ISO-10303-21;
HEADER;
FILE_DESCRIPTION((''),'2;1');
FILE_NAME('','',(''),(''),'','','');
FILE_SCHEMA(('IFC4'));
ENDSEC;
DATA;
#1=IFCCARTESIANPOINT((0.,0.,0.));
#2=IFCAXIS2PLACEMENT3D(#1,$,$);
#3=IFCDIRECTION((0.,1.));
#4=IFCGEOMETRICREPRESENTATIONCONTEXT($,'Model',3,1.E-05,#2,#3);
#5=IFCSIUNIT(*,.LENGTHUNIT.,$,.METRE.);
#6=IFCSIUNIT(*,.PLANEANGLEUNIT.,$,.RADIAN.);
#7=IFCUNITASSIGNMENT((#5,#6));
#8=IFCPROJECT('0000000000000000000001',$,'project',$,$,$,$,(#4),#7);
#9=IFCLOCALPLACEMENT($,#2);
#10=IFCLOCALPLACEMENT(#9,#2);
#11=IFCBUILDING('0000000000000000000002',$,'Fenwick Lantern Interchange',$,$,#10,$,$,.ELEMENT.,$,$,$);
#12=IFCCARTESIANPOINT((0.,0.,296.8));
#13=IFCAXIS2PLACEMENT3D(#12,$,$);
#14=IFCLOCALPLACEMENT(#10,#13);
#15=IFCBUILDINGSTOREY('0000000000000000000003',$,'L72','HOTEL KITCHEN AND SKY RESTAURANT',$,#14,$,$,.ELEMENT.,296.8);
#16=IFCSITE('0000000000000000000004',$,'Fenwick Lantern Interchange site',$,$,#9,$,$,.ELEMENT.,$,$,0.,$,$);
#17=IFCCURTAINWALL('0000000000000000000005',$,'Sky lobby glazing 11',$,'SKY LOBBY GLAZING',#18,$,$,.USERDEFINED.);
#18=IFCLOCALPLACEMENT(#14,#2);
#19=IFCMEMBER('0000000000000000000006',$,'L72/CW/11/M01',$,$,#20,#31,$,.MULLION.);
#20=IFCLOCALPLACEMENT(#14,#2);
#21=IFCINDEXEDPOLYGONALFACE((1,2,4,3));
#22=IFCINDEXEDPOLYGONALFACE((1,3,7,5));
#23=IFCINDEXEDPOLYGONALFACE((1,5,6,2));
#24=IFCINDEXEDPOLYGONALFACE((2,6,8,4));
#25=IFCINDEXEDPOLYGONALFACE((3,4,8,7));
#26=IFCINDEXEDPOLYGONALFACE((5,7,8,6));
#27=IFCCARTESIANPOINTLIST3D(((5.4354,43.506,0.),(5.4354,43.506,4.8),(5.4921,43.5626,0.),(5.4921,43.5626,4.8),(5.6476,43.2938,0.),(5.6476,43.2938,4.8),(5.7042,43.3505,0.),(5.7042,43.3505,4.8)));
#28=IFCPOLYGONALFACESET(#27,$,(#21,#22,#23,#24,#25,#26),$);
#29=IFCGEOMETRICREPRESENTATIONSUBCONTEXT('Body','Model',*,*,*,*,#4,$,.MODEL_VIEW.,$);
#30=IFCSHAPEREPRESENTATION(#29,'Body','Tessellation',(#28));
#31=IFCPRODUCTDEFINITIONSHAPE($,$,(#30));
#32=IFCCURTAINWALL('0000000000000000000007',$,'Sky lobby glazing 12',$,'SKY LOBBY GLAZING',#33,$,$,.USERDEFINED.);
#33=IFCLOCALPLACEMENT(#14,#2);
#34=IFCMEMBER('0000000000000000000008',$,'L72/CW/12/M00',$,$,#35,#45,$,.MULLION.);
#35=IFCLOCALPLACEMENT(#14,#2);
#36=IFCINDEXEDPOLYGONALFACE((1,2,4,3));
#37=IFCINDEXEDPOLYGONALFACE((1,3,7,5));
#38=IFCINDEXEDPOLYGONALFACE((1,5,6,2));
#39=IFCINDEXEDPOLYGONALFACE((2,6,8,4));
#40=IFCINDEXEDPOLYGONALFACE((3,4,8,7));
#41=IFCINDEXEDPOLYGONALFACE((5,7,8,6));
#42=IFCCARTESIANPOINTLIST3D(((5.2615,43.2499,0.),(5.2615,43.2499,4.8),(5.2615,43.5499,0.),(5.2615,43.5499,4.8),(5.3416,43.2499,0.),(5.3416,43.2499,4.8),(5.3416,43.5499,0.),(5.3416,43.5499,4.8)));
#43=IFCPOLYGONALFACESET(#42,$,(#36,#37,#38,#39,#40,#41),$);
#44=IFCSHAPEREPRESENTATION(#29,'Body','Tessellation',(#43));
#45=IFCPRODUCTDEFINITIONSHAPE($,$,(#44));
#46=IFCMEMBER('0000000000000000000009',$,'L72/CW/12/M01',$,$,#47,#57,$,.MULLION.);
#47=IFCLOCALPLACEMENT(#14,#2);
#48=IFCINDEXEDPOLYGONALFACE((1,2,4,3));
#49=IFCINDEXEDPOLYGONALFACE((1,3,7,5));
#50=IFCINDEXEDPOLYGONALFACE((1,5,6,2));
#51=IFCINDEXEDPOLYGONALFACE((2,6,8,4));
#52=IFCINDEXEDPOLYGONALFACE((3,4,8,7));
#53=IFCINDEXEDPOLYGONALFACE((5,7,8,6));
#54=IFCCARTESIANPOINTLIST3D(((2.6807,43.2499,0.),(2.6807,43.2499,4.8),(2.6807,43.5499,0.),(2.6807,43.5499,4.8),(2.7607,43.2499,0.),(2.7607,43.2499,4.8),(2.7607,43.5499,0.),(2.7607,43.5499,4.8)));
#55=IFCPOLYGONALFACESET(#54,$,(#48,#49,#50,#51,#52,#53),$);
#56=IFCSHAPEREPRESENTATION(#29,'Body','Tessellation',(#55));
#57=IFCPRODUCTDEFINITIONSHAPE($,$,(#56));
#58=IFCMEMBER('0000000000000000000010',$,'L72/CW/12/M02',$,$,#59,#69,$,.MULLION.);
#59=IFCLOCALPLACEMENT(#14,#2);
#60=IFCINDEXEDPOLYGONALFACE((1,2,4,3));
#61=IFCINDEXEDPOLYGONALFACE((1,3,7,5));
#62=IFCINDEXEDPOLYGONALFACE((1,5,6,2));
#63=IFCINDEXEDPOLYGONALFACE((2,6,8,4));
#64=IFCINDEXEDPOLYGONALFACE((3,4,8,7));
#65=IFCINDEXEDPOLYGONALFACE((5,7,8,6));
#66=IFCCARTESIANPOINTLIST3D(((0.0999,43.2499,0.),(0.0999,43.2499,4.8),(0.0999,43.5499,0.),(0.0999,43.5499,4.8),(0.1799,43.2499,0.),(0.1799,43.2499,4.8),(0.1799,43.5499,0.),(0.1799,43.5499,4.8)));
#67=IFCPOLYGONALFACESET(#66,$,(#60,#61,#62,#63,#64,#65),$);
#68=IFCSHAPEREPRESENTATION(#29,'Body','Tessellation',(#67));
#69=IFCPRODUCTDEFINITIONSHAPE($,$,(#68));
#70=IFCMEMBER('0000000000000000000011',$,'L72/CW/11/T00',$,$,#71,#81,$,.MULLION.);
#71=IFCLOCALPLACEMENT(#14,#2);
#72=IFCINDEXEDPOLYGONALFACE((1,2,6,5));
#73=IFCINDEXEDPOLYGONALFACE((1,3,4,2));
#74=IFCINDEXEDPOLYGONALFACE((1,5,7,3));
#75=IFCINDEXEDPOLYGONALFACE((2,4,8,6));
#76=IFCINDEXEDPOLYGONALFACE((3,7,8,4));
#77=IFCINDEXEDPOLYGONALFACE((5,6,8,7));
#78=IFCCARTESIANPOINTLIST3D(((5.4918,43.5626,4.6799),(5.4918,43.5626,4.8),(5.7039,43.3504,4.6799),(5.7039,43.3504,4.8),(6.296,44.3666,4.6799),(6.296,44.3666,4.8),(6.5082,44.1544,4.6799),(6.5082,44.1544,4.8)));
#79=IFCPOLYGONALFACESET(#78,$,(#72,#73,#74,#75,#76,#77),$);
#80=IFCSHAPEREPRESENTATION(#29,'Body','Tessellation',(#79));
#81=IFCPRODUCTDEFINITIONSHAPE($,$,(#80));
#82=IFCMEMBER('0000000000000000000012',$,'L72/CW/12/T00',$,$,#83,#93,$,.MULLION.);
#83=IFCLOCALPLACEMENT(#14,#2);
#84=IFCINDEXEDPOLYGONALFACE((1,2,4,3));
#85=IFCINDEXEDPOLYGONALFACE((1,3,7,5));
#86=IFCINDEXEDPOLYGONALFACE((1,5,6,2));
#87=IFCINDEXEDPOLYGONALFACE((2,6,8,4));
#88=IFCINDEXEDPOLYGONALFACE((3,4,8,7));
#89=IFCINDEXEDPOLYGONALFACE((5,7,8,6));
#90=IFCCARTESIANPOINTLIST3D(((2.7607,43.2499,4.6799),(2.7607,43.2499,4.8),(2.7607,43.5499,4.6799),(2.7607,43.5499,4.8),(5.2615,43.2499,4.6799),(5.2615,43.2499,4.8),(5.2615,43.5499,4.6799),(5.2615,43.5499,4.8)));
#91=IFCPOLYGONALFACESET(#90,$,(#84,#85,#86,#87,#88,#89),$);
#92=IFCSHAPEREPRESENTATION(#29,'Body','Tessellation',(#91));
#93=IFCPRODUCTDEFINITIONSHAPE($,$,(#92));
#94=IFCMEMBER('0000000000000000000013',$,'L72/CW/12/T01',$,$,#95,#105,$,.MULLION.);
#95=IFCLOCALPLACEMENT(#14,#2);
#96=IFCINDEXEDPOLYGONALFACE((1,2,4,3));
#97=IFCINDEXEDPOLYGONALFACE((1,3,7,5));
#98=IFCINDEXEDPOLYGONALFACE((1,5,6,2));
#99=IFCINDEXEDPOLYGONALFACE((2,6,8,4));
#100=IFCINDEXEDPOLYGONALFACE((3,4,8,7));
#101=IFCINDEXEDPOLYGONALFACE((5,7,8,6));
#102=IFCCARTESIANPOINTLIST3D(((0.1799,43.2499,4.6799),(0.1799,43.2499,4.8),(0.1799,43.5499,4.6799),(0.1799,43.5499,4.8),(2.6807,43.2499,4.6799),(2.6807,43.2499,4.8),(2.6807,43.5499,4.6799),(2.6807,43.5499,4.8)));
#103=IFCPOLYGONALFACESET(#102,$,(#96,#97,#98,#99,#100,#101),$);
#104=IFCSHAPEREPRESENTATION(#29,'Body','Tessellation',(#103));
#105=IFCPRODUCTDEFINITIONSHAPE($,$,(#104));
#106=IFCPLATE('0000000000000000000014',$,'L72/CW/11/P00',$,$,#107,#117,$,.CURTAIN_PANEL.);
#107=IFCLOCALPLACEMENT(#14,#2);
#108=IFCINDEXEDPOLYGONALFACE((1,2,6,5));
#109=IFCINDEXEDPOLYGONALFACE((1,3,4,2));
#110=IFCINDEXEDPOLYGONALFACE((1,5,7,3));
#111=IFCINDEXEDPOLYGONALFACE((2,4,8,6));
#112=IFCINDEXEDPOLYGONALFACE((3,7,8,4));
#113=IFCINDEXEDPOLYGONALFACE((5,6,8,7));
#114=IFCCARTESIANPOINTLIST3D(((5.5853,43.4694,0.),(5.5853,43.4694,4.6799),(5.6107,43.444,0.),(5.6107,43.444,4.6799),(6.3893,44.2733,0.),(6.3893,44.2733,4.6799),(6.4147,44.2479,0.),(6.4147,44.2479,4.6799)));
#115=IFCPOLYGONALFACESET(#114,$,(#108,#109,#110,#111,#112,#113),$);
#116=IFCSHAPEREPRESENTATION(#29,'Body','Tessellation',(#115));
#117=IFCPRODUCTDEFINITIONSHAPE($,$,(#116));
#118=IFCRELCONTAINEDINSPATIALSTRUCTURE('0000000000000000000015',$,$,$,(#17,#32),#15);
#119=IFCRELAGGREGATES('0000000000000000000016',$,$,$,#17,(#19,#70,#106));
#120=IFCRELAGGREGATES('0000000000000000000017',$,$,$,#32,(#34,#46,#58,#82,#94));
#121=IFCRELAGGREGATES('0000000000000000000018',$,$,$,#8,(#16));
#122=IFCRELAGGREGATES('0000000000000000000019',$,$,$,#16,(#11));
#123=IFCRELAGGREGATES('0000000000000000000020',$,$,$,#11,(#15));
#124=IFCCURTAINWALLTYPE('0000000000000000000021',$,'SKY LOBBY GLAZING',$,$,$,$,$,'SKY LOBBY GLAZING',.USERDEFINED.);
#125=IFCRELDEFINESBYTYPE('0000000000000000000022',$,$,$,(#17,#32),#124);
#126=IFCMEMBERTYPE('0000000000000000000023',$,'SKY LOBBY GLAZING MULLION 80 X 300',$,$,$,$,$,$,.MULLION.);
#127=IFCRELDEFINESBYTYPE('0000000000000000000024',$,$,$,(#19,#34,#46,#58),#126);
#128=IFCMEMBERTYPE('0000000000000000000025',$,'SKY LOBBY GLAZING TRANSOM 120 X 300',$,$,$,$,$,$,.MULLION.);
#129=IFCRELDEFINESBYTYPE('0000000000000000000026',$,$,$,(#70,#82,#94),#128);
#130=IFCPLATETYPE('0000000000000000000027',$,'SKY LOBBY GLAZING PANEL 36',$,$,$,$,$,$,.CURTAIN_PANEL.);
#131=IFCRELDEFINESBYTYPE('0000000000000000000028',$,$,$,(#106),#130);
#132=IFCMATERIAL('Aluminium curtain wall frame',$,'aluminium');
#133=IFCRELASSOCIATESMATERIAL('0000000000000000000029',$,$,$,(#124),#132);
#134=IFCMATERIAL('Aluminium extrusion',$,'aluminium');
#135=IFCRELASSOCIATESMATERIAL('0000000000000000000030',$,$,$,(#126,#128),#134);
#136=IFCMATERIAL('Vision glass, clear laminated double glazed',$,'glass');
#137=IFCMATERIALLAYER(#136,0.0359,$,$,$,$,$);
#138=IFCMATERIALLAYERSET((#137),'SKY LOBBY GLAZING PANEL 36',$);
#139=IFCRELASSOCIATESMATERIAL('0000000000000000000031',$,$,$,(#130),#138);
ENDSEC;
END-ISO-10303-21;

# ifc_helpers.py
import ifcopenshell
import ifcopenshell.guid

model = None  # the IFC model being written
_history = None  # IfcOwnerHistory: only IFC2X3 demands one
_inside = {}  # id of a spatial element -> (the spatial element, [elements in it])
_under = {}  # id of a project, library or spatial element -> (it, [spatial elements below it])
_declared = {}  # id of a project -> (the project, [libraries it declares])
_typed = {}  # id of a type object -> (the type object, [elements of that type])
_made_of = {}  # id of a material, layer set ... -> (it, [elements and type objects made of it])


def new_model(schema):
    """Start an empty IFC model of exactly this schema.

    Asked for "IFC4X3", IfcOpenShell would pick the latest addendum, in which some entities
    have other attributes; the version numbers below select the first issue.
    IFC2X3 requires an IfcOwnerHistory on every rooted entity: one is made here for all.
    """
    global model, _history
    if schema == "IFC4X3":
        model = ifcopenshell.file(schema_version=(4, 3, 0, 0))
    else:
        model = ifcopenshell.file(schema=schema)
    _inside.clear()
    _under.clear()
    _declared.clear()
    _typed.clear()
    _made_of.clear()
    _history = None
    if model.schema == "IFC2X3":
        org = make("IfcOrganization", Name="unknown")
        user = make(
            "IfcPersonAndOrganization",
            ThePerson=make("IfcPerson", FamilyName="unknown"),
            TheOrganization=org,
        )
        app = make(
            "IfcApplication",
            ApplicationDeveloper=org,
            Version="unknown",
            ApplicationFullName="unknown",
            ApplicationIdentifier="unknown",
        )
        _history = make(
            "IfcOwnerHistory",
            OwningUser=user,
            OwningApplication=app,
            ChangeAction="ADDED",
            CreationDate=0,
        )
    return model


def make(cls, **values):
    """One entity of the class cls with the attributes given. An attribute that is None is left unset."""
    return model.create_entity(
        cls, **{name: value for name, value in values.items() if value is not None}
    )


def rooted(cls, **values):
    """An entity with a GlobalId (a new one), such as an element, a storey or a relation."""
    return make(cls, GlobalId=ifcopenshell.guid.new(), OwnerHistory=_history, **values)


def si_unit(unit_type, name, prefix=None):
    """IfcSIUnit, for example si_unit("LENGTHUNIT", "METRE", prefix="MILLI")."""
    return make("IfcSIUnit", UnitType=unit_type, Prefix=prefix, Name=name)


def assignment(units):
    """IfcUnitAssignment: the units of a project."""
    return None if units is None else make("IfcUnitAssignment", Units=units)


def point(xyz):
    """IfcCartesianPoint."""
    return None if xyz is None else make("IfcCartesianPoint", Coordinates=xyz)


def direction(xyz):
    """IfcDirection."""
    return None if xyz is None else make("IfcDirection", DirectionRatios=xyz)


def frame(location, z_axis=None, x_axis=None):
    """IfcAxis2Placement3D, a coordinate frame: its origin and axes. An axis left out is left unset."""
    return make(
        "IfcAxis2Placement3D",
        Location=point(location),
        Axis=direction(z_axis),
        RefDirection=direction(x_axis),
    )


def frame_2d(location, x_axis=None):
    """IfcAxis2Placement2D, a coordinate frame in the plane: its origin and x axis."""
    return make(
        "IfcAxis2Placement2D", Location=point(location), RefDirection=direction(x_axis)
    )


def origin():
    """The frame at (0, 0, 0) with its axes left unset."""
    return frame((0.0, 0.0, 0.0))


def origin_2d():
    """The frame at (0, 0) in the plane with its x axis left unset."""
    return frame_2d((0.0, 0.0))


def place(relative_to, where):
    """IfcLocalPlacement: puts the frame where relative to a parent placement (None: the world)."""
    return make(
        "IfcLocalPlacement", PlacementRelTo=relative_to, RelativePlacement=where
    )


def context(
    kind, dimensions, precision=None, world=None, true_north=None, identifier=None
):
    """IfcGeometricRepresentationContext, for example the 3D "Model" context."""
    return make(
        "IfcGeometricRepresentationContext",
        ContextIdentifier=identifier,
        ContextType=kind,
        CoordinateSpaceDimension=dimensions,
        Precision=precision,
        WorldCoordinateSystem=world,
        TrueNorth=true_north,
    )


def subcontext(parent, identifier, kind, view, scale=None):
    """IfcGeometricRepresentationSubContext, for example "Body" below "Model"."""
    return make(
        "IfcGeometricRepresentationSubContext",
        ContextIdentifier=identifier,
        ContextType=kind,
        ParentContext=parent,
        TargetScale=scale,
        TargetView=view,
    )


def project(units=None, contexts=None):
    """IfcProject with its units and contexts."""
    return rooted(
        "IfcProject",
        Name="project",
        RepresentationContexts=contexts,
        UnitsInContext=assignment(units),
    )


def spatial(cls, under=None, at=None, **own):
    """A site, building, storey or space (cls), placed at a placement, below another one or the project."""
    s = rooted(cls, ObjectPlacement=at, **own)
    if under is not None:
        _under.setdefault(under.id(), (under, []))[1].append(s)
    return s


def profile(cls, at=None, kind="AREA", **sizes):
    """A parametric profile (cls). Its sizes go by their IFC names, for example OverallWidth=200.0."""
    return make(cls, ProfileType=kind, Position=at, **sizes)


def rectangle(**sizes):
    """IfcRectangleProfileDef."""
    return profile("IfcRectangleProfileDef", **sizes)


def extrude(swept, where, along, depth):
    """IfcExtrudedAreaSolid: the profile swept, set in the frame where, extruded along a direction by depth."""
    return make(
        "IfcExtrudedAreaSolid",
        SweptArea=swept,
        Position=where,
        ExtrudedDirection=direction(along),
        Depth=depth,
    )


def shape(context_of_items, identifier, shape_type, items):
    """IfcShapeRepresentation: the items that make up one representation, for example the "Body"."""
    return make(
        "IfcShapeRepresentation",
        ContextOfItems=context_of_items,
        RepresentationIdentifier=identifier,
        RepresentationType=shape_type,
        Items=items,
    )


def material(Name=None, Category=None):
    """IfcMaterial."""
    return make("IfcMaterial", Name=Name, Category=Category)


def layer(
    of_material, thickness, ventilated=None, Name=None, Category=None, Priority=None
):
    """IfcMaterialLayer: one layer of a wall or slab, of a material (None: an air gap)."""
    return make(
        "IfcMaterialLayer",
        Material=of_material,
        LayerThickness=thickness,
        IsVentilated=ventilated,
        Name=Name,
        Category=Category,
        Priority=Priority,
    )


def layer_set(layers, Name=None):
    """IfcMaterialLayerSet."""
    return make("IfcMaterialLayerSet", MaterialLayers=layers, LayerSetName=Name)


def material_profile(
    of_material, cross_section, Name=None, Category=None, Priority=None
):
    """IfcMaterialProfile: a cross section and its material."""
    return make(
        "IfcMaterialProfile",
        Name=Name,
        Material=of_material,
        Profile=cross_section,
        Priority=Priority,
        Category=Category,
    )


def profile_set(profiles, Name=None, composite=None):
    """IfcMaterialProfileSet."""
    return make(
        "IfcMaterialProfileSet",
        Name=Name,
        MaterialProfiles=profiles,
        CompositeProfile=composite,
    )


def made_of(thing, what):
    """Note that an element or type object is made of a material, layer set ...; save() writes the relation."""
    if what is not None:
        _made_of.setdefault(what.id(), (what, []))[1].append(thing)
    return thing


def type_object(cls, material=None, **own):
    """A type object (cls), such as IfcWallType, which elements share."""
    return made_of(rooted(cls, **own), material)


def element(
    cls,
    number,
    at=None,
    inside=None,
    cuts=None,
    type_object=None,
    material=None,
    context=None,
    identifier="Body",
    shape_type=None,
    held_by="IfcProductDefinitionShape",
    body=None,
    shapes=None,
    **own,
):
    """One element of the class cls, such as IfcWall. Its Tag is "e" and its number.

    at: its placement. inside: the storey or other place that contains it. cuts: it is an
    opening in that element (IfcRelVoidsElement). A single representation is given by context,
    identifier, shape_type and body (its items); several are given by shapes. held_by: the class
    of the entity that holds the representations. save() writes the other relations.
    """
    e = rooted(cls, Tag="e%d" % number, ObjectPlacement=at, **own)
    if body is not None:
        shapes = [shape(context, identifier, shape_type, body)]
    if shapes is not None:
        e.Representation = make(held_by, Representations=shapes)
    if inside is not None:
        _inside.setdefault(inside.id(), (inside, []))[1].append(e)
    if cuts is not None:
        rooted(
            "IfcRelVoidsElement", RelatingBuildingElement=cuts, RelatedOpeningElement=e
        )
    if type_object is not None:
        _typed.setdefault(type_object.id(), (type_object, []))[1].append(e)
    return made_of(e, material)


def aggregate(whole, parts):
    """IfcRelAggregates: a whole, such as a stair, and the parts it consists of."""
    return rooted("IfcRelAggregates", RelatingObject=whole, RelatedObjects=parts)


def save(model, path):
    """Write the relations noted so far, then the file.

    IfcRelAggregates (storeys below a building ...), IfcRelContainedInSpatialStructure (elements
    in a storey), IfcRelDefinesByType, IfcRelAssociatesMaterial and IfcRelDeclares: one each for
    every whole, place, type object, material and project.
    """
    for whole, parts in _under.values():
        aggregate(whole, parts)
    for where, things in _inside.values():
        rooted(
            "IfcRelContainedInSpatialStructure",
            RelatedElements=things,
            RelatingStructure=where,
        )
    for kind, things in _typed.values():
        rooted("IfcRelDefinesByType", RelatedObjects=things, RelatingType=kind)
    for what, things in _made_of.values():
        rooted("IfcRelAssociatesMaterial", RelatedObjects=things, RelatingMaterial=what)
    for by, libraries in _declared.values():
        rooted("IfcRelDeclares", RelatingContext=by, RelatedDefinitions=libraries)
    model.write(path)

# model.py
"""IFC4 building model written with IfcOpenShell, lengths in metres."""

from ifc_helpers import new_model, si_unit, direction, frame, origin, origin_2d, place, context, subcontext, project, spatial, rectangle, extrude, material, layer, layer_set, material_profile, profile_set, type_object, element, aggregate, save


model = new_model("IFC4")

# Units and contexts
model_context = context("Model", 3, precision=1e-05, world=origin(), true_north=direction((0.0, 1.0)))
body_context = subcontext(model_context, "Body", "Model", "MODEL_VIEW")
ifc_project = project(units=[si_unit("LENGTHUNIT", "METRE"), si_unit("PLANEANGLEUNIT", "RADIAN")], contexts=[model_context])

# Site, building, storey
site_placement = place(None, origin())
site = spatial("IfcSite", under=ifc_project, at=site_placement, Name="Fenwick Lantern Interchange site", CompositionType="ELEMENT", RefElevation=0.0)
building_placement = place(site_placement, origin())
building = spatial("IfcBuilding", under=site, at=building_placement, Name="Fenwick Lantern Interchange", CompositionType="ELEMENT")
storey_placement = place(building_placement, frame((0.0, 0.0, 296.8)))
storey = spatial("IfcBuildingStorey", under=building, at=storey_placement, Name="L72", Description="HOTEL KITCHEN AND SKY RESTAURANT", CompositionType="ELEMENT", Elevation=296.8)

# Curtain wall, member
ifc_material_1 = material(Name="Aluminium curtain wall frame", Category="aluminium")
curtain_wall_type = type_object("IfcCurtainWallType", Name="SKY LOBBY GLAZING", ElementType="SKY LOBBY GLAZING", PredefinedType="USERDEFINED", material=ifc_material_1)
curtain_wall_1_placement = place(storey_placement, origin())
curtain_wall_1 = element("IfcCurtainWall", 1, at=curtain_wall_1_placement, inside=storey, type_object=curtain_wall_type, Name="Sky lobby glazing 11", ObjectType="SKY LOBBY GLAZING", PredefinedType="USERDEFINED")
ifc_material_2 = material(Name="Aluminium extrusion", Category="aluminium")
ifc_material_profile_1 = material_profile(ifc_material_2, rectangle(XDim=0.3, YDim=0.0801, at=origin_2d()), Name="SKY LOBBY GLAZING MULLION 80 X 300")
ifc_profile_set_1 = profile_set([ifc_material_profile_1], Name="Aluminium extrusion")
member_type_1 = type_object("IfcMemberType", Name="SKY LOBBY GLAZING MULLION 80 X 300", PredefinedType="MULLION", material=ifc_profile_set_1)
member_1_placement = place(storey_placement, frame((5.5698, 43.4282, 0.0), z_axis=(0.0, 0.0, 1.0), x_axis=(0.707107, -0.707107, 0.0)))
member_1 = element("IfcMember", 2, at=member_1_placement, type_object=member_type_1, Name="L72/CW/11/M01", PredefinedType="MULLION", context=body_context, shape_type="SweptSolid", body=[
    extrude(rectangle(XDim=0.3, YDim=0.0801, at=origin_2d()), origin(), (0.0, 0.0, 1.0), 4.8),
])

# Curtain wall, members
curtain_wall_2_placement = place(storey_placement, origin())
curtain_wall_2 = element("IfcCurtainWall", 3, at=curtain_wall_2_placement, inside=storey, type_object=curtain_wall_type, Name="Sky lobby glazing 12", ObjectType="SKY LOBBY GLAZING", PredefinedType="USERDEFINED")
member_2_placement = place(storey_placement, frame((5.3015, 43.3999, 0.0), z_axis=(0.0, 0.0, 1.0), x_axis=(0.0, -1.0, 0.0)))
member_2 = element("IfcMember", 4, at=member_2_placement, type_object=member_type_1, Name="L72/CW/12/M00", PredefinedType="MULLION", context=body_context, shape_type="SweptSolid", body=[
    extrude(rectangle(XDim=0.3, YDim=0.0801, at=origin_2d()), origin(), (0.0, 0.0, 1.0), 4.8),
])
member_3_placement = place(storey_placement, frame((2.7207, 43.3999, 0.0), z_axis=(0.0, 0.0, 1.0), x_axis=(0.0, -1.0, 0.0)))
member_3 = element("IfcMember", 5, at=member_3_placement, type_object=member_type_1, Name="L72/CW/12/M01", PredefinedType="MULLION", context=body_context, shape_type="SweptSolid", body=[
    extrude(rectangle(XDim=0.3, YDim=0.0801, at=origin_2d()), origin(), (0.0, 0.0, 1.0), 4.8),
])
member_4_placement = place(storey_placement, frame((0.1399, 43.3999, 0.0), z_axis=(0.0, 0.0, 1.0), x_axis=(0.0, -1.0, 0.0)))
member_4 = element("IfcMember", 6, at=member_4_placement, type_object=member_type_1, Name="L72/CW/12/M02", PredefinedType="MULLION", context=body_context, shape_type="SweptSolid", body=[
    extrude(rectangle(XDim=0.3, YDim=0.0801, at=origin_2d()), origin(), (0.0, 0.0, 1.0), 4.8),
])

# Members
ifc_material_profile_2 = material_profile(ifc_material_2, rectangle(XDim=0.3, YDim=0.1201, at=origin_2d()), Name="SKY LOBBY GLAZING TRANSOM 120 X 300")
ifc_profile_set_2 = profile_set([ifc_material_profile_2], Name="Aluminium extrusion")
member_type_2 = type_object("IfcMemberType", Name="SKY LOBBY GLAZING TRANSOM 120 X 300", PredefinedType="MULLION", material=ifc_profile_set_2)
member_5_placement = place(storey_placement, frame((6.4021, 44.2605, 4.74), z_axis=(-0.707214, -0.706999, 0.0), x_axis=(0.706999, -0.707214, 0.0)))
member_5 = element("IfcMember", 7, at=member_5_placement, type_object=member_type_2, Name="L72/CW/11/T00", PredefinedType="MULLION", context=body_context, shape_type="SweptSolid", body=[
    extrude(rectangle(XDim=0.3, YDim=0.1201, at=origin_2d()), origin(), (0.0, 0.0, 1.0), 1.1372),
])
member_6_placement = place(storey_placement, frame((5.2615, 43.3999, 4.74), z_axis=(-1.0, 0.0, 0.0), x_axis=(0.0, -1.0, 0.0)))
member_6 = element("IfcMember", 8, at=member_6_placement, type_object=member_type_2, Name="L72/CW/12/T00", PredefinedType="MULLION", context=body_context, shape_type="SweptSolid", body=[
    extrude(rectangle(XDim=0.3, YDim=0.1201, at=origin_2d()), origin(), (0.0, 0.0, 1.0), 2.5007),
])
member_7_placement = place(storey_placement, frame((2.6807, 43.3999, 4.74), z_axis=(-1.0, 0.0, 0.0), x_axis=(0.0, -1.0, 0.0)))
member_7 = element("IfcMember", 9, at=member_7_placement, type_object=member_type_2, Name="L72/CW/12/T01", PredefinedType="MULLION", context=body_context, shape_type="SweptSolid", body=[
    extrude(rectangle(XDim=0.3, YDim=0.1201, at=origin_2d()), origin(), (0.0, 0.0, 1.0), 2.5007),
])

# Plate
ifc_material_3 = material(Name="Vision glass, clear laminated double glazed", Category="glass")
ifc_layer_1 = layer(ifc_material_3, 0.0359)
ifc_layer_set_1 = layer_set([ifc_layer_1], Name="SKY LOBBY GLAZING PANEL 36")
plate_type = type_object("IfcPlateType", Name="SKY LOBBY GLAZING PANEL 36", PredefinedType="CURTAIN_PANEL", material=ifc_layer_set_1)
plate_1_placement = place(storey_placement, frame((6.0, 43.8586, 0.0), z_axis=(0.0, 0.0, 1.0), x_axis=(-0.707107, -0.707107, 0.0)))
plate_1 = element("IfcPlate", 10, at=plate_1_placement, type_object=plate_type, Name="L72/CW/11/P00", PredefinedType="CURTAIN_PANEL", context=body_context, shape_type="SweptSolid", body=[
    extrude(rectangle(XDim=1.137, YDim=0.0359, at=origin_2d()), origin(), (0.0, 0.0, 1.0), 4.6799),
])
aggregate(curtain_wall_1, [member_1, member_5, plate_1])
aggregate(curtain_wall_2, [member_2, member_3, member_4, member_6, member_7])

save(model, "model.ifc")
